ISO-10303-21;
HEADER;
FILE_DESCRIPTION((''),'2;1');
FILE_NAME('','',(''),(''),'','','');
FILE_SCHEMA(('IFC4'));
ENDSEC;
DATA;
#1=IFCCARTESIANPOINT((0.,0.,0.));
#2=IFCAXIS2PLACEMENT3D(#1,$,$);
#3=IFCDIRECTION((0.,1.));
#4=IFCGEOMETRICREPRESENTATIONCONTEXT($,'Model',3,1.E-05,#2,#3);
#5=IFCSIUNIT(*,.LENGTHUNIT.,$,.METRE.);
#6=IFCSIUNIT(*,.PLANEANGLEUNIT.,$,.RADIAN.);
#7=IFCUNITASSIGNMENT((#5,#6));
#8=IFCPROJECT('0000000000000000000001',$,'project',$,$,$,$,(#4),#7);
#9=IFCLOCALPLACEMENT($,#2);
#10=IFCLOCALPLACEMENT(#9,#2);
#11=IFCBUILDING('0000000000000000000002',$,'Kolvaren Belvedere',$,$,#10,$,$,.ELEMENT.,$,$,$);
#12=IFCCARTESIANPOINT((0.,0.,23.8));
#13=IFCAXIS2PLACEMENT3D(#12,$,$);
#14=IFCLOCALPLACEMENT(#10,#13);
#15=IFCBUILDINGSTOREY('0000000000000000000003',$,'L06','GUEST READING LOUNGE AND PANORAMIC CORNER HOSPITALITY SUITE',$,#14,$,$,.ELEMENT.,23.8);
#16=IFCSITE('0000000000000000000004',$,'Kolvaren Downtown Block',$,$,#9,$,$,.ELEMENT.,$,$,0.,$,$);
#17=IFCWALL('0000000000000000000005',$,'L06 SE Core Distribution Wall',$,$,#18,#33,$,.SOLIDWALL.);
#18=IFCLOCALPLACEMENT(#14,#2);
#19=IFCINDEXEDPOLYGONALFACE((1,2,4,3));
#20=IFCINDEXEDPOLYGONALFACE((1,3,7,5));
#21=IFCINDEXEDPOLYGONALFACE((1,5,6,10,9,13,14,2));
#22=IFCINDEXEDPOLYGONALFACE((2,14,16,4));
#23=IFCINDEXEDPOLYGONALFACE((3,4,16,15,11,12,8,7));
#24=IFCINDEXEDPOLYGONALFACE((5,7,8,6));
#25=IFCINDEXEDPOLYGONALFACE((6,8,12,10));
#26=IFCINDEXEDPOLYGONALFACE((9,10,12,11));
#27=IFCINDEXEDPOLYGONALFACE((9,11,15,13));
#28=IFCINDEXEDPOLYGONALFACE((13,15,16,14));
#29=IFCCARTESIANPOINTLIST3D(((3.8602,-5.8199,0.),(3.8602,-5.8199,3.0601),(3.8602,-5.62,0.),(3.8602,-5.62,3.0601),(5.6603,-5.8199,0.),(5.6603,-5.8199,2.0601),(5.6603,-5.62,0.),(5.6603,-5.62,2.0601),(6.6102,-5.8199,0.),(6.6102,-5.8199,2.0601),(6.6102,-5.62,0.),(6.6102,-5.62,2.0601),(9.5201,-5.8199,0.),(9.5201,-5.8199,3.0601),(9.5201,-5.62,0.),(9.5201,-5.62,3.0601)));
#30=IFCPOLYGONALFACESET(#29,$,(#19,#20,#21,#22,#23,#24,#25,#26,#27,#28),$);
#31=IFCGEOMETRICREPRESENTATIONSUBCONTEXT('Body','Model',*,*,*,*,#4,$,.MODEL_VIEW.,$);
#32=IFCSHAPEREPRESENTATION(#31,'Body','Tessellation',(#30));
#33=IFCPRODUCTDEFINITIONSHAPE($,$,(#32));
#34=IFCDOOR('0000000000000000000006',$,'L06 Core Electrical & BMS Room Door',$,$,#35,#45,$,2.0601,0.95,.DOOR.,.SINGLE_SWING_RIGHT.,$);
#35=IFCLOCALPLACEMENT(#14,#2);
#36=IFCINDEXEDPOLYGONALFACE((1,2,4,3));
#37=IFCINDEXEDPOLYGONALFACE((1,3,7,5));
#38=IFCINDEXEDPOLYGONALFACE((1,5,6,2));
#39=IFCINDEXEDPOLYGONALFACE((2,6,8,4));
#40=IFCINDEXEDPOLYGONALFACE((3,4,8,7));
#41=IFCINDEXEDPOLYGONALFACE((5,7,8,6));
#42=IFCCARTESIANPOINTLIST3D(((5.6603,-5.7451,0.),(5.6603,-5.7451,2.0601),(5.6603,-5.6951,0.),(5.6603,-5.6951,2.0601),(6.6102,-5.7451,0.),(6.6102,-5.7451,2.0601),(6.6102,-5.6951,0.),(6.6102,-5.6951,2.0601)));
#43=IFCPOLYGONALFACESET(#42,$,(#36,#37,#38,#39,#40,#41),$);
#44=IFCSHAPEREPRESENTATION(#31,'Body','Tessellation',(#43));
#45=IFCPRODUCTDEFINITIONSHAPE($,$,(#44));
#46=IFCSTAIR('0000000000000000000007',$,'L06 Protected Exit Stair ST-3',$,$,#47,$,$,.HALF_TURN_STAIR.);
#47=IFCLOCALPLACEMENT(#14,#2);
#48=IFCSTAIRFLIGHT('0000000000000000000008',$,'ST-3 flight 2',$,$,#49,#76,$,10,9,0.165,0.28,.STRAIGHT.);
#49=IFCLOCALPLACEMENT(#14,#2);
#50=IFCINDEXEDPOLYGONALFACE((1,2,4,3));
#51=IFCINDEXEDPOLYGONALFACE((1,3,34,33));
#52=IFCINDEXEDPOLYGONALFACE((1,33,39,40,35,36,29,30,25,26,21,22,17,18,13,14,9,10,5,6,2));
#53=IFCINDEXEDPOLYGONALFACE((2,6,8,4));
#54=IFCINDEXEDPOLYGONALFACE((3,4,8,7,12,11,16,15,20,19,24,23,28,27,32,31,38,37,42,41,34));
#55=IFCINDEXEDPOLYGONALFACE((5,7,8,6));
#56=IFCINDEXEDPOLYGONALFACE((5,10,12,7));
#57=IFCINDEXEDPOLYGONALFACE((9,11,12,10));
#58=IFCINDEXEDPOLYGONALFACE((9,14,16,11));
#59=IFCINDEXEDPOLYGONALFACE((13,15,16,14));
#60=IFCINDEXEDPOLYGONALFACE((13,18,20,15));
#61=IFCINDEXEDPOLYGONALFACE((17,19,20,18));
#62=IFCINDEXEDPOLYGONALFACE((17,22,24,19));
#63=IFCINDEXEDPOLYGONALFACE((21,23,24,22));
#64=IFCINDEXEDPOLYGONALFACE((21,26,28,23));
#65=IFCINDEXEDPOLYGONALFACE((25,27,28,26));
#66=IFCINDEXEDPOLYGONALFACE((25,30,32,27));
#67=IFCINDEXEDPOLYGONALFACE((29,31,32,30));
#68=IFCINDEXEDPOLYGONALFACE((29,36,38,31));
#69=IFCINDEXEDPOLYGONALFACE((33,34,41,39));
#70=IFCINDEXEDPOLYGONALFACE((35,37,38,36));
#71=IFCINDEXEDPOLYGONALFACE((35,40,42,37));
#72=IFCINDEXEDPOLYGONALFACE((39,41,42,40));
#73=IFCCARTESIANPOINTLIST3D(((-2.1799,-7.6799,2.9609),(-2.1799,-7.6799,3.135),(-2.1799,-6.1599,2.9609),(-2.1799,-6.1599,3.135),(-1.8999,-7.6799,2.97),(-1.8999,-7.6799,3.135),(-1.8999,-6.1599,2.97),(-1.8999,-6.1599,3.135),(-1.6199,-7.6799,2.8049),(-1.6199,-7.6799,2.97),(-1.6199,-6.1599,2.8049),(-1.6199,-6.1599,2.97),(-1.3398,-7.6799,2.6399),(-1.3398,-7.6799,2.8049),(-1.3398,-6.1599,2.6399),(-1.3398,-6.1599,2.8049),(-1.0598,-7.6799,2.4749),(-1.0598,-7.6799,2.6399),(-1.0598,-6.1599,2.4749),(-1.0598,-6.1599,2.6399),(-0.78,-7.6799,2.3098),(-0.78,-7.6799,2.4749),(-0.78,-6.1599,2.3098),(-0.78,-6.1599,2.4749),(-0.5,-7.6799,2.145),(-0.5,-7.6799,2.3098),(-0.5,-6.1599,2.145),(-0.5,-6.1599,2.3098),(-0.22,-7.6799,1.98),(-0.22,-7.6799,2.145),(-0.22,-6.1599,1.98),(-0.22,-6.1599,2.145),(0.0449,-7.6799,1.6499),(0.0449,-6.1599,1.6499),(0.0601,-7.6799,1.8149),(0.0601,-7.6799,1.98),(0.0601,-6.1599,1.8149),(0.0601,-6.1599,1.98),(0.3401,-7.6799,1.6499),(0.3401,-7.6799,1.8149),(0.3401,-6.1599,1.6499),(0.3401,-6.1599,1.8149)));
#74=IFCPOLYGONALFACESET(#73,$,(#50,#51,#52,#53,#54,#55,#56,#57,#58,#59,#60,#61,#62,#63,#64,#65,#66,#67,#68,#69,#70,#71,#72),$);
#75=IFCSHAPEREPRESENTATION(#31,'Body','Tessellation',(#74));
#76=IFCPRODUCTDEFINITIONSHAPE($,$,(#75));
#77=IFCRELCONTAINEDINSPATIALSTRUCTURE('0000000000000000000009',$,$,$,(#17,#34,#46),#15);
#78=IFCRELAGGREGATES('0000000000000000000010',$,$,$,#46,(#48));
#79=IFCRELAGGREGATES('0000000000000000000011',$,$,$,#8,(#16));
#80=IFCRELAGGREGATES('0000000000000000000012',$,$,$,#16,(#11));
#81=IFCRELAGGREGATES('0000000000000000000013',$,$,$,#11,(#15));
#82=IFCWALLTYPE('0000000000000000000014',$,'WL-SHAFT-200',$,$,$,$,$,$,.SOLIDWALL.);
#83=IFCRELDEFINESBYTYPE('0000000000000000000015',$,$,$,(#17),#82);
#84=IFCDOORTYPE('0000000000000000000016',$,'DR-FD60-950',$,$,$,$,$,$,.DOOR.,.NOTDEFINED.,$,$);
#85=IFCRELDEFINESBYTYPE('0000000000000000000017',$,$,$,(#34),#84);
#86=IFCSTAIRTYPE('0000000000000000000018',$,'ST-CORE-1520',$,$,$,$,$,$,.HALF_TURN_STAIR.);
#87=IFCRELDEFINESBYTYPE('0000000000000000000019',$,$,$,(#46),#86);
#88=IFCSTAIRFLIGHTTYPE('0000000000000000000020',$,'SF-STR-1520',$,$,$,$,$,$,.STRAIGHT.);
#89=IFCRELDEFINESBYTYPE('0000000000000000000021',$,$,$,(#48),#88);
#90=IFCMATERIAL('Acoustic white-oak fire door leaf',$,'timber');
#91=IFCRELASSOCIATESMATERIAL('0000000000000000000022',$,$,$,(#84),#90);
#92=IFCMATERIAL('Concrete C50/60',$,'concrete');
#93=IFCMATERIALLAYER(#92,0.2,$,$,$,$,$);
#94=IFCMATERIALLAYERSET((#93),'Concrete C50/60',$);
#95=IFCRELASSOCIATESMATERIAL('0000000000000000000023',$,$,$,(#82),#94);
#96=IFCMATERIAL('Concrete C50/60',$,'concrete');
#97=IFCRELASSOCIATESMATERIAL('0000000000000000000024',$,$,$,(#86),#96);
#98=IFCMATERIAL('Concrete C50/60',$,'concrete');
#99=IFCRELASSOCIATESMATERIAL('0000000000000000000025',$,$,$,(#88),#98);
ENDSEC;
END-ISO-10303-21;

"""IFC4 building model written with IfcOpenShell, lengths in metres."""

from ifc_helpers import new_model, si_unit, direction, frame, frame_2d, origin, place, context, subcontext, project, spatial, polyline, rectangle, outline, extrude, material, layer, layer_set, type_object, element, fill, aggregate, save


model = new_model("IFC4")

# Units and contexts
model_context = context("Model", 3, precision=1e-05, world=origin(), true_north=direction((0.0, 1.0)))
body_context = subcontext(model_context, "Body", "Model", "MODEL_VIEW")
ifc_project = project(units=[si_unit("LENGTHUNIT", "METRE"), si_unit("PLANEANGLEUNIT", "RADIAN")], contexts=[model_context])

# Site, building, storey
site_placement = place(None, origin())
site = spatial("IfcSite", under=ifc_project, at=site_placement, Name="Kolvaren Downtown Block", CompositionType="ELEMENT", RefElevation=0.0)
building_placement = place(site_placement, origin())
building = spatial("IfcBuilding", under=site, at=building_placement, Name="Kolvaren Belvedere", CompositionType="ELEMENT")
storey_placement = place(building_placement, frame((0.0, 0.0, 23.8)))
storey = spatial("IfcBuildingStorey", under=building, at=storey_placement, Name="L06", Description="GUEST READING LOUNGE AND PANORAMIC CORNER HOSPITALITY SUITE", CompositionType="ELEMENT", Elevation=23.8)

# Shared definitions
ifc_material_1 = material(Name="Acoustic white-oak fire door leaf", Category="timber")
door_type_1 = type_object("IfcDoorType", Name="DR-FD60-950", OperationType="NOTDEFINED", PredefinedType="DOOR", material=ifc_material_1)
ifc_material_2 = material(Name="Concrete C50/60", Category="concrete")
ifc_layer_1 = layer(ifc_material_2, 0.2)
ifc_layer_set_1 = layer_set([ifc_layer_1], Name="Concrete C50/60")
wall_type_1 = type_object("IfcWallType", Name="WL-SHAFT-200", PredefinedType="SOLIDWALL", material=ifc_layer_set_1)

# Wall, opening, door
wall_1_placement = place(storey_placement, frame((3.8601, -5.72, 0.0), z_axis=(0.0, 0.0, 1.0), x_axis=(1.0, 0.0, 0.0)))
wall_1 = element("IfcWall", 1, at=wall_1_placement, inside=storey, type_object=wall_type_1, Name="L06 SE Core Distribution Wall", PredefinedType="SOLIDWALL", context=body_context, shape_type="SweptSolid", body=[
    extrude(rectangle(XDim=5.6599, YDim=0.2, at=frame_2d((2.8301, 0.0))), origin(), (0.0, 0.0, 1.0), 3.0601),
])
opening_1_placement = place(wall_1_placement, frame((1.8, 0.0, 0.0)))
opening_1 = element("IfcOpeningElement", 2, at=opening_1_placement, cuts=wall_1, PredefinedType="OPENING", context=body_context, shape_type="SweptSolid", body=[
    extrude(rectangle(XDim=0.95, YDim=2.0601, at=frame_2d((0.4751, 1.03))), frame((0.0, 0.1099, 0.0), z_axis=(0.0, -1.0, 0.0), x_axis=(1.0, 0.0, 0.0)), (0.0, 0.0, 1.0), 0.22),
])
door_1_placement = place(opening_1_placement, origin())
door_1 = element("IfcDoor", 3, at=door_1_placement, inside=storey, type_object=door_type_1, Name="L06 Core Electrical & BMS Room Door", OperationType="SINGLE_SWING_RIGHT", OverallHeight=2.0601, OverallWidth=0.95, PredefinedType="DOOR", context=body_context, shape_type="SweptSolid", body=[
    extrude(rectangle(XDim=0.95, YDim=2.0601, at=frame_2d((0.4751, 1.03))), frame((0.0, 0.0249, 0.0), z_axis=(0.0, -1.0, 0.0), x_axis=(1.0, 0.0, 0.0)), (0.0, 0.0, 1.0), 0.05),
])
fill(opening_1, door_1)

# Stair, stair flight
ifc_material_3 = material(Name="Concrete C50/60", Category="concrete")
stair_type = type_object("IfcStairType", Name="ST-CORE-1520", PredefinedType="HALF_TURN_STAIR", material=ifc_material_3)
stair_placement = place(storey_placement, origin())
stair = element("IfcStair", 4, at=stair_placement, inside=storey, type_object=stair_type, Name="L06 Protected Exit Stair ST-3", PredefinedType="HALF_TURN_STAIR")
ifc_material_4 = material(Name="Concrete C50/60", Category="concrete")
stair_flight_type = type_object("IfcStairFlightType", Name="SF-STR-1520", PredefinedType="STRAIGHT", material=ifc_material_4)
stair_flight_placement = place(storey_placement, frame((0.3401, -6.9199, 1.6499), z_axis=(0.0, 0.0, 1.0), x_axis=(-1.0, 0.0, 0.0)))
stair_flight = element("IfcStairFlight", 5, at=stair_flight_placement, type_object=stair_flight_type, Name="ST-3 flight 2", NumberOfRisers=10, NumberOfTreads=9, PredefinedType="STRAIGHT", RiserHeight=0.165, TreadLength=0.28, context=body_context, shape_type="SweptSolid", body=[
    extrude(outline(polyline([(0.0, 0.0), (0.0, 0.165), (0.28, 0.165), (0.28, 0.3301), (0.5601, 0.3301), (0.5601, 0.4951), (0.8401, 0.4951), (0.8401, 0.6599), (1.1201, 0.6599), (1.1201, 0.825), (1.3999, 0.825), (1.3999, 0.99), (1.6799, 0.99), (1.6799, 1.155), (1.96, 1.155), (1.96, 1.3201), (2.24, 1.3201), (2.24, 1.4851), (2.52, 1.4851), (2.52, 1.6499), (2.52, 1.311), (0.2952, 0.0), (0.0, 0.0)])), frame((0.0, 0.76, 0.0), z_axis=(0.0, -1.0, 0.0), x_axis=(1.0, 0.0, 0.0)), (0.0, 0.0, 1.0), 1.52),
])
aggregate(stair, [stair_flight])

save(model, "model.ifc")
